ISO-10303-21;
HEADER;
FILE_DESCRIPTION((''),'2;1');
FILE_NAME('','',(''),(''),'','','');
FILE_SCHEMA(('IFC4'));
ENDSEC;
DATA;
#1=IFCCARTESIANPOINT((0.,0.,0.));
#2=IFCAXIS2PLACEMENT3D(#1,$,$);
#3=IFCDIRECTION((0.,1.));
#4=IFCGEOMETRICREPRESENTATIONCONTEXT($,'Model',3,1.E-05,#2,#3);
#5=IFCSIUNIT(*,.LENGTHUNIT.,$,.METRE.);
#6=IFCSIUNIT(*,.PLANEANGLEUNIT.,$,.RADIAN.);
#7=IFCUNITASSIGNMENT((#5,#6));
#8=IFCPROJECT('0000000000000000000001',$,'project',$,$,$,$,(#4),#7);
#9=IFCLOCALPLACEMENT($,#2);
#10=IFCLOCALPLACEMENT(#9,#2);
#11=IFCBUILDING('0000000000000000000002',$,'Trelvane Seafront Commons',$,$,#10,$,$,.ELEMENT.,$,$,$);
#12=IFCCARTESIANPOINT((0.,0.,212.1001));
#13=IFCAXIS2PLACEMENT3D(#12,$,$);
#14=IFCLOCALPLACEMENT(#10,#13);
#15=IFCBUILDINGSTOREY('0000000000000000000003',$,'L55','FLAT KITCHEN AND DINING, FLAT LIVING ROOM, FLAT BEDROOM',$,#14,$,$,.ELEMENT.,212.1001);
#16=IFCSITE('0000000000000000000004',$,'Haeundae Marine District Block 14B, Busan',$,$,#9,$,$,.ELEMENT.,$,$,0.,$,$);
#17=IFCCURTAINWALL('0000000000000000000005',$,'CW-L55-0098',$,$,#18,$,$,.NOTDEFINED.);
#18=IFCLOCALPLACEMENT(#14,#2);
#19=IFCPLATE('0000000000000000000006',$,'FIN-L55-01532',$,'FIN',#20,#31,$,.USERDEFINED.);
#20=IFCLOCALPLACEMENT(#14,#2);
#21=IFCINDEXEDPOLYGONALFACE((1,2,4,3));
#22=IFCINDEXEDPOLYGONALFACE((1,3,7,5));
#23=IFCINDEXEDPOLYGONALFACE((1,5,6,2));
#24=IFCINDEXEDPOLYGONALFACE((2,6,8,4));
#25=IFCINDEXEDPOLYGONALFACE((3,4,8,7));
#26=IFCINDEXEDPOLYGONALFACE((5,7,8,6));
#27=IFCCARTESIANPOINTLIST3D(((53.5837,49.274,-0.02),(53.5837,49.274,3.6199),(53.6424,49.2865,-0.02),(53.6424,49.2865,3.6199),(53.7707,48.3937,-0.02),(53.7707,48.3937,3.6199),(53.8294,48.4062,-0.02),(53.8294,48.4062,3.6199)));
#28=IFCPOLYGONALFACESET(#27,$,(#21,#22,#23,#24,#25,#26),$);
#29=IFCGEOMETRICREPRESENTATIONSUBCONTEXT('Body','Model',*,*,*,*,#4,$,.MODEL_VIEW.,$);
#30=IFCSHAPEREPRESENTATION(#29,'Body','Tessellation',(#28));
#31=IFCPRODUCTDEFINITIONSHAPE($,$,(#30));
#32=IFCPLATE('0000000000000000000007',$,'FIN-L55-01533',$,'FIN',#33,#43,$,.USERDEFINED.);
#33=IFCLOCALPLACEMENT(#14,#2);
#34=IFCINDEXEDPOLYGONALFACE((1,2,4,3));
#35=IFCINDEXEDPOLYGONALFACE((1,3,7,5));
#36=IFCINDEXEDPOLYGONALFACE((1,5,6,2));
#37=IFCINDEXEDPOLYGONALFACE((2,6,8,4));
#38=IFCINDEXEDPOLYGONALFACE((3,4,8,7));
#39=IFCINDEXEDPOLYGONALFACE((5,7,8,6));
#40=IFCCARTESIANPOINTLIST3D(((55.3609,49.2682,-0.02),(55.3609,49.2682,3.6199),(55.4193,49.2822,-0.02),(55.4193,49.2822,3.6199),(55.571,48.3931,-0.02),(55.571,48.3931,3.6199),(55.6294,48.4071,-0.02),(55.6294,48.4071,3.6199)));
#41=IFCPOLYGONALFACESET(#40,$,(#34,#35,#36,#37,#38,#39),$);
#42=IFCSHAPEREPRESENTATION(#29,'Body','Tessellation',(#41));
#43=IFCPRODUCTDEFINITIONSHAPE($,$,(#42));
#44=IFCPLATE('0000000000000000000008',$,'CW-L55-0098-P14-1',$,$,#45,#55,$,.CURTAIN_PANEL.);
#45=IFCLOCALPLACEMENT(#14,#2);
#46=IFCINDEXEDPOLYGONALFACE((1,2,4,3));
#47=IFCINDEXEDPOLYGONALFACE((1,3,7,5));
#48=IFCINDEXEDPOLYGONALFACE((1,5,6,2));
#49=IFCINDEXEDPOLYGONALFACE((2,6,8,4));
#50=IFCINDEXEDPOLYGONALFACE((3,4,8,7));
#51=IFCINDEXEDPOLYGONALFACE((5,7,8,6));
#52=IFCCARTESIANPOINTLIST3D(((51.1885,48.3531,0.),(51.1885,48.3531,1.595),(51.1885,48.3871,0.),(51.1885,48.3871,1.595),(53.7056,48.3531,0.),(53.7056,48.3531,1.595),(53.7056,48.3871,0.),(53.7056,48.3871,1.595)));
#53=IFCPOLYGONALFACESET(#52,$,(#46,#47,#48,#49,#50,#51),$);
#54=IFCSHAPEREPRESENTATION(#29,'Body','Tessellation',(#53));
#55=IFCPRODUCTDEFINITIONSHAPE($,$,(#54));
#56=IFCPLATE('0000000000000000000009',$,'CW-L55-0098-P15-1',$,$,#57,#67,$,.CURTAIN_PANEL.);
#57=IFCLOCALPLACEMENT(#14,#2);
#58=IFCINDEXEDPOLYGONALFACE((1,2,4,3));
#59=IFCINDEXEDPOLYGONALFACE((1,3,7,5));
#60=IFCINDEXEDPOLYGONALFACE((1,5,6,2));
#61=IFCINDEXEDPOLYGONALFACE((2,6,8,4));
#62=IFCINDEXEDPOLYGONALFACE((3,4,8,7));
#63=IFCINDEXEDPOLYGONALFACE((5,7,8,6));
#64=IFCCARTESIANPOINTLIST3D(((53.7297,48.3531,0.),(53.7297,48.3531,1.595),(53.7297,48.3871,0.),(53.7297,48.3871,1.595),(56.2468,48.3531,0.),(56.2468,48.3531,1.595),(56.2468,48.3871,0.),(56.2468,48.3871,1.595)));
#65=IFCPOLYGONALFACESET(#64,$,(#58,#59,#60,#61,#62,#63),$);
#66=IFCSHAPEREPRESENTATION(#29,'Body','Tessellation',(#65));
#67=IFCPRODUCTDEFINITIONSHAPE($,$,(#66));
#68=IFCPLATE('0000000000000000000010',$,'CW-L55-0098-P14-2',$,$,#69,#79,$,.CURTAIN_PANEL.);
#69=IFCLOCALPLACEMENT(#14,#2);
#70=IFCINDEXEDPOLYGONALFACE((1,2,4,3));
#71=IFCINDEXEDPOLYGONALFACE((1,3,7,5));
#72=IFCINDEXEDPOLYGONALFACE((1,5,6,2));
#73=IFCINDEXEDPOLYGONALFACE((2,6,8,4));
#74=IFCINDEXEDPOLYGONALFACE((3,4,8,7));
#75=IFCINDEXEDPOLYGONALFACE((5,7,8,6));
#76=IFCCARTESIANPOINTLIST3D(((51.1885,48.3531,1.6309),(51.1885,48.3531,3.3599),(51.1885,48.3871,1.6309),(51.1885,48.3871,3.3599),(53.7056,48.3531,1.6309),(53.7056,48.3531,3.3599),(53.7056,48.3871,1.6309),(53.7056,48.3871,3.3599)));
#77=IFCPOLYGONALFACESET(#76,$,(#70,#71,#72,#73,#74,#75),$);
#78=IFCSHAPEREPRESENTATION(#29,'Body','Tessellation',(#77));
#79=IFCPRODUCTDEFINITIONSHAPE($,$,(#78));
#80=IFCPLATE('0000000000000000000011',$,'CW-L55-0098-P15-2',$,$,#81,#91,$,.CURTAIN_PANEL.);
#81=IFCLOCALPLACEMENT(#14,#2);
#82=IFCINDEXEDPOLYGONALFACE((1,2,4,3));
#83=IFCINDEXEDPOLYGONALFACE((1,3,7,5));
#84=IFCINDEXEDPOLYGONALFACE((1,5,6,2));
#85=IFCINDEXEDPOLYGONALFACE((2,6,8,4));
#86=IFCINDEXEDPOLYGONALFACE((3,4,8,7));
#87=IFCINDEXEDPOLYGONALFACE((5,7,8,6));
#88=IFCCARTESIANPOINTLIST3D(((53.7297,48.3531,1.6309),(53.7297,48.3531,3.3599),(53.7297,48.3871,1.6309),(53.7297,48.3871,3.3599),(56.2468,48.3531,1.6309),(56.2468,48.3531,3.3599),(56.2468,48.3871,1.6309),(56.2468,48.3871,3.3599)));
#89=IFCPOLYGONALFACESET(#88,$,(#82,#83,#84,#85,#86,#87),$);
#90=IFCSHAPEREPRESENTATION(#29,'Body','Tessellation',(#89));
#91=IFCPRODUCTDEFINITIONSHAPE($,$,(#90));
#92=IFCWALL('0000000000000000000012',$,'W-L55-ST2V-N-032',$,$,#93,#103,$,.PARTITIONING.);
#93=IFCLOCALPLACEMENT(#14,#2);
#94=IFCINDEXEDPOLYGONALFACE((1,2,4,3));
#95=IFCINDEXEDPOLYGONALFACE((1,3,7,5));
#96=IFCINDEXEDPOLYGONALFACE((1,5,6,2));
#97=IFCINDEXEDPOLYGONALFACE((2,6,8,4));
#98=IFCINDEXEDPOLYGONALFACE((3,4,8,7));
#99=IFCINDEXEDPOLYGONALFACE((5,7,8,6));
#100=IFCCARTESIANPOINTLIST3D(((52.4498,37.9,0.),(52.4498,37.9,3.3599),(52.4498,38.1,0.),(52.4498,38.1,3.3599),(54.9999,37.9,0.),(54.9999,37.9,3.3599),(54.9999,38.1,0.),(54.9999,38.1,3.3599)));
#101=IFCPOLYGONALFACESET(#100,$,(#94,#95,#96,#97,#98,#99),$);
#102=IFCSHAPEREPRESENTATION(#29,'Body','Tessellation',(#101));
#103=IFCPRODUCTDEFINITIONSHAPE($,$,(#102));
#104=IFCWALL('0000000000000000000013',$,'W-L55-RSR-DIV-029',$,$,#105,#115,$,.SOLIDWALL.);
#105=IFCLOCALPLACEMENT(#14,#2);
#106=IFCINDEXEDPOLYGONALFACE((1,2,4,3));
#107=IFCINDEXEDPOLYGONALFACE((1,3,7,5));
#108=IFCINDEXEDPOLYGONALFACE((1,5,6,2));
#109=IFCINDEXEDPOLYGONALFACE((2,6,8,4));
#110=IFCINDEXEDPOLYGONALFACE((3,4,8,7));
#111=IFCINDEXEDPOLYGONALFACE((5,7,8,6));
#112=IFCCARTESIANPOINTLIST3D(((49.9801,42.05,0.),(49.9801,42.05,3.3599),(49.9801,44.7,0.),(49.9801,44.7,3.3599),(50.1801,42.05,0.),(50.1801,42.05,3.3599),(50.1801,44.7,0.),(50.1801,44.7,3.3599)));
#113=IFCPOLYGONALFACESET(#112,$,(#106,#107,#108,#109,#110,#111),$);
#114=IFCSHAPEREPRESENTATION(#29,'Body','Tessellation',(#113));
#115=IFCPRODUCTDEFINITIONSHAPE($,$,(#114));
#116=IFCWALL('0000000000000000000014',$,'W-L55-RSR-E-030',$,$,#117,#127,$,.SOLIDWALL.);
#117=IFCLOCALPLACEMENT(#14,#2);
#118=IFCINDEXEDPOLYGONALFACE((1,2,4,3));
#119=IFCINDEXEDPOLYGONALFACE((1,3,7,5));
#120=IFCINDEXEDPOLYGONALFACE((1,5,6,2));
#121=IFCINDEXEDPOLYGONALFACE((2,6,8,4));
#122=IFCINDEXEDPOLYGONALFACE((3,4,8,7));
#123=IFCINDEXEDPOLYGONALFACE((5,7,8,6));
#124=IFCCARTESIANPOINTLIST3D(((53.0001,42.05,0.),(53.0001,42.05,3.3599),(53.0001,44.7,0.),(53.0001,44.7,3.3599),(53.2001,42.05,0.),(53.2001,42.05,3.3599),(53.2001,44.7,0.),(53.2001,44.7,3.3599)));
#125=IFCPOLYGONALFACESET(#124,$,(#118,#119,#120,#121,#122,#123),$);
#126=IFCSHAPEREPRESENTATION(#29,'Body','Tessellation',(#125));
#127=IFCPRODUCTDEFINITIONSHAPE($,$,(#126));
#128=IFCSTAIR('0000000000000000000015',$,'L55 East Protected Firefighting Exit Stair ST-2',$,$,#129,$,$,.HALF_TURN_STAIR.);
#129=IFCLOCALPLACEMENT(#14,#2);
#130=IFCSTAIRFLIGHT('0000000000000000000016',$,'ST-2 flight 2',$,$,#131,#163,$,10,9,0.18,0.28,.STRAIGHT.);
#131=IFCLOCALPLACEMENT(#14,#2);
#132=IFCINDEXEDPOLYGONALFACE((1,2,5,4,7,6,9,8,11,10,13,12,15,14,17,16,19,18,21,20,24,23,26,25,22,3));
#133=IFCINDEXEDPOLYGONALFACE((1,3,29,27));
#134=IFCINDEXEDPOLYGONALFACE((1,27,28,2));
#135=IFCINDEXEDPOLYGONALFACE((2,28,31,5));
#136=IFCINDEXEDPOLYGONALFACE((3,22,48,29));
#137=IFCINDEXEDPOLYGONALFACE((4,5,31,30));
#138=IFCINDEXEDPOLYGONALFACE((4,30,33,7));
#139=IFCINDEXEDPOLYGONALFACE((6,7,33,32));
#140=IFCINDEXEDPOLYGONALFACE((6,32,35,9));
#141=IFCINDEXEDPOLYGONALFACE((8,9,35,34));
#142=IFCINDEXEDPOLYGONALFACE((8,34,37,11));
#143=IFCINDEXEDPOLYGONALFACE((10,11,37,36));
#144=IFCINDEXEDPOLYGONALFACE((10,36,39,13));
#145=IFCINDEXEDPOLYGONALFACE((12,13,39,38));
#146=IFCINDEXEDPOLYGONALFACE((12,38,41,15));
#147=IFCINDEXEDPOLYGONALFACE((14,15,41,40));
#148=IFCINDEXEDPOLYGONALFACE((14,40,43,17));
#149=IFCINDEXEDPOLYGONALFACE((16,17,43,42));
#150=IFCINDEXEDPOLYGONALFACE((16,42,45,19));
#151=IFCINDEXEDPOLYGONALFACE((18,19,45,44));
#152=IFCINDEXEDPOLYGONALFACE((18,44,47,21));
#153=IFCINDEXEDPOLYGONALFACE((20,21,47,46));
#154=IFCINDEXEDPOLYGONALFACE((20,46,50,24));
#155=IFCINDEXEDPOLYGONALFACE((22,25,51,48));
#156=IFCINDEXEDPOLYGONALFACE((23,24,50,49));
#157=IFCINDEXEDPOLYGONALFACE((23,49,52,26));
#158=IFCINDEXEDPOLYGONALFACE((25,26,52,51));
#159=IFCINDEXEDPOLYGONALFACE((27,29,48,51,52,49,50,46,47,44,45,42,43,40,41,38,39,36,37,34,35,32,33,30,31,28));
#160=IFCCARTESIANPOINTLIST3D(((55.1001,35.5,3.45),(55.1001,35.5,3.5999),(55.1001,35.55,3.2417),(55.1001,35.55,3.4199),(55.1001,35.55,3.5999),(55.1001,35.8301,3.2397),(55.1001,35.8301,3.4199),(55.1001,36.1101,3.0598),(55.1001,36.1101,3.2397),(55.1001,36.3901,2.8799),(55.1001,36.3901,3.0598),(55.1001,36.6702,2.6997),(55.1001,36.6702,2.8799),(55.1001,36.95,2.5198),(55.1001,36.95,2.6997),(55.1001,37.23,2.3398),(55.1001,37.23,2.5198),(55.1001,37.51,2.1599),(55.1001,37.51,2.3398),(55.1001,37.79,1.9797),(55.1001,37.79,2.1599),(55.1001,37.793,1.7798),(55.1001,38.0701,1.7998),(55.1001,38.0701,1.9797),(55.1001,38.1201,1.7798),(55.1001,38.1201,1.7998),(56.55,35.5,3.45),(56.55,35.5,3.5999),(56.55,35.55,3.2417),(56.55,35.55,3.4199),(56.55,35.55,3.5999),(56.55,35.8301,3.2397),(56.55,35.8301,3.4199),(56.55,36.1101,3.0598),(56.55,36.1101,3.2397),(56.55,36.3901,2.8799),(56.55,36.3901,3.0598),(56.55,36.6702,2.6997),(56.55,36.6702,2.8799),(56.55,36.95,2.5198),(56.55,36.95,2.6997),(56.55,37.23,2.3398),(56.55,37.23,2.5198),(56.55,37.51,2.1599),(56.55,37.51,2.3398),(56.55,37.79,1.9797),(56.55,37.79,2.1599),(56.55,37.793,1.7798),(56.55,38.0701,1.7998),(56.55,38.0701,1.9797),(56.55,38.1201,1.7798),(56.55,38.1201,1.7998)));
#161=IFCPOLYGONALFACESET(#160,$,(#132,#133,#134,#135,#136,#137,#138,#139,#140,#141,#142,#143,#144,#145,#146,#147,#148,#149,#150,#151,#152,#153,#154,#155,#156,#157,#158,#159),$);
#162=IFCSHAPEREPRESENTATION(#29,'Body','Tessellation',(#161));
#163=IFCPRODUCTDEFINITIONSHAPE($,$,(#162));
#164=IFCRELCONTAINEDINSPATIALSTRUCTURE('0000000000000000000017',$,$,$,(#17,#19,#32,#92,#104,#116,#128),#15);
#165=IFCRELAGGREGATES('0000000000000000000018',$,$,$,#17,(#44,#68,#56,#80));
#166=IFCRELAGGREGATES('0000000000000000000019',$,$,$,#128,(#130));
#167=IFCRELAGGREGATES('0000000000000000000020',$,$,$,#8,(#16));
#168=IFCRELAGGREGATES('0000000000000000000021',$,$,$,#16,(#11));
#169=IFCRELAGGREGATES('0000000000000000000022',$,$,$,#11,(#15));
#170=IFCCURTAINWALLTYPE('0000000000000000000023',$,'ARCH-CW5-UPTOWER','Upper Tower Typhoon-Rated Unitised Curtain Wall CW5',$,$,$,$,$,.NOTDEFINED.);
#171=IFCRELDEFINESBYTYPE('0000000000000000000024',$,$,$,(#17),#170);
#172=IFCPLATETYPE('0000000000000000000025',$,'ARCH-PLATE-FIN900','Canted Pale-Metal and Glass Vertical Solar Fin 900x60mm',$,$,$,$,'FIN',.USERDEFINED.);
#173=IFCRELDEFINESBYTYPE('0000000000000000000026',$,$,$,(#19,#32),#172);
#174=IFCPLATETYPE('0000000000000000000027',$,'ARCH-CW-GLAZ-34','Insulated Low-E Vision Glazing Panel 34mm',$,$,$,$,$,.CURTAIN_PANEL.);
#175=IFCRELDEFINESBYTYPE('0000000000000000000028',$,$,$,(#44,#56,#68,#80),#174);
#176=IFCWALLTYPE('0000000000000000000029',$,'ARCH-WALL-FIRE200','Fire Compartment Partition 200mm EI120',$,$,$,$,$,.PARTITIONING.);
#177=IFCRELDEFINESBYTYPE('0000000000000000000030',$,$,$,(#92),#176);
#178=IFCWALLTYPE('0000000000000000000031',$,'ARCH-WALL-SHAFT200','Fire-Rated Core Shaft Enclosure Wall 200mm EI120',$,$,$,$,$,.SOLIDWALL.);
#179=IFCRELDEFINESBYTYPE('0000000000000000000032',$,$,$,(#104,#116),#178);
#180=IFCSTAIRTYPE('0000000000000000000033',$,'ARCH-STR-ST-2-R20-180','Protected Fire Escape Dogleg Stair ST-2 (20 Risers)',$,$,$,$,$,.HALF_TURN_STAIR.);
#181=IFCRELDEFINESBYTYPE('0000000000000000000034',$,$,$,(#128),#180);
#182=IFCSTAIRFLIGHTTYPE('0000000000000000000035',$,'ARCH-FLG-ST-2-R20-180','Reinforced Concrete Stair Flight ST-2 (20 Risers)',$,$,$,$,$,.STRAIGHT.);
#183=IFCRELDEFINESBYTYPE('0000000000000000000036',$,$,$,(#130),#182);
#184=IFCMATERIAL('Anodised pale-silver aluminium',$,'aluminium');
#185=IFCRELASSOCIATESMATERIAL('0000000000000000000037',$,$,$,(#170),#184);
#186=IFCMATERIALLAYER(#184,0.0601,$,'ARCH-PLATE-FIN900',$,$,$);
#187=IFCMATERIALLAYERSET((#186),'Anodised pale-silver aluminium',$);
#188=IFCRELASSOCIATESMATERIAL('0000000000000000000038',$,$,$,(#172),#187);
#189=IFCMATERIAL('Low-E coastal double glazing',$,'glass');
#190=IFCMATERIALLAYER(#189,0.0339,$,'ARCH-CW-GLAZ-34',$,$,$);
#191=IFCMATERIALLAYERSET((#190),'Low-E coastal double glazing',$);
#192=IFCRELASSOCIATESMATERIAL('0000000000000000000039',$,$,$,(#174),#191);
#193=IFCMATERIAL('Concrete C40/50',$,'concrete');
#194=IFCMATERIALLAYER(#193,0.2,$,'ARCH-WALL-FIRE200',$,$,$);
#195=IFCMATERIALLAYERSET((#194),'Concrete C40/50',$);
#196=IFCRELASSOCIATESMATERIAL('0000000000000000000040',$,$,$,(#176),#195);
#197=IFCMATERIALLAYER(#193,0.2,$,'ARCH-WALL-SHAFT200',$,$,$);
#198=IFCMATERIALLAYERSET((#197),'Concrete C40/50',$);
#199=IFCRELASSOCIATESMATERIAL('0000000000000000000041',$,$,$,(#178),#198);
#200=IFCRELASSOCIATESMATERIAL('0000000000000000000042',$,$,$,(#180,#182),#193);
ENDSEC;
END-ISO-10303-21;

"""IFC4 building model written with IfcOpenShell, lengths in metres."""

from ifc_helpers import new_model, si_unit, direction, frame, frame_2d, origin, origin_2d, place, context, subcontext, project, spatial, polyline, rectangle, outline, extrude, source, transform, mapped, material, layer, layer_set, type_object, element, aggregate, save


model = new_model("IFC4")

# Units and contexts
model_context = context("Model", 3, precision=1e-05, world=origin(), true_north=direction((0.0, 1.0)))
body_context = subcontext(model_context, "Body", "Model", "MODEL_VIEW")
ifc_project = project(units=[si_unit("LENGTHUNIT", "METRE"), si_unit("PLANEANGLEUNIT", "RADIAN")], contexts=[model_context])

# Site, building, storey
site_placement = place(None, origin())
site = spatial("IfcSite", under=ifc_project, at=site_placement, Name="Haeundae Marine District Block 14B, Busan", CompositionType="ELEMENT", RefElevation=0.0)
building_placement = place(site_placement, origin())
building = spatial("IfcBuilding", under=site, at=building_placement, Name="Trelvane Seafront Commons", CompositionType="ELEMENT")
storey_placement = place(building_placement, frame((0.0, 0.0, 212.1001)))
storey = spatial("IfcBuildingStorey", under=building, at=storey_placement, Name="L55", Description="FLAT KITCHEN AND DINING, FLAT LIVING ROOM, FLAT BEDROOM", CompositionType="ELEMENT", Elevation=212.1001)

# Curtain wall
ifc_material_1 = material(Name="Anodised pale-silver aluminium", Category="aluminium")
curtain_wall_type = type_object("IfcCurtainWallType", Name="ARCH-CW5-UPTOWER", Description="Upper Tower Typhoon-Rated Unitised Curtain Wall CW5", PredefinedType="NOTDEFINED", material=ifc_material_1)
curtain_wall_placement = place(storey_placement, origin())
curtain_wall = element("IfcCurtainWall", 1, at=curtain_wall_placement, inside=storey, type_object=curtain_wall_type, Name="CW-L55-0098", PredefinedType="NOTDEFINED")

# Plates
ifc_layer_1 = layer(ifc_material_1, 0.0601, Name="ARCH-PLATE-FIN900")
ifc_layer_set_1 = layer_set([ifc_layer_1], Name="Anodised pale-silver aluminium")
plate_type_1 = type_object("IfcPlateType", Name="ARCH-PLATE-FIN900", Description="Canted Pale-Metal and Glass Vertical Solar Fin 900x60mm", ElementType="FIN", PredefinedType="USERDEFINED", material=ifc_layer_set_1)
shared_shape_1 = source(origin(), body_context, "Body", "SweptSolid", [
    extrude(rectangle(XDim=0.8999, YDim=0.0601, at=origin_2d()), origin(), (0.0, 0.0, 1.0), 3.6399),
])
for number, where, z_axis, x_axis, name in (
    (2, (53.7065, 48.8401, -0.02), (0.0, 0.0, 1.0), (-0.207768, 0.978178, 0.0), "FIN-L55-01532"),
    (3, (55.4951, 48.8376, -0.02), (0.0, 0.0, 1.0), (-0.233452, 0.972368, 0.0), "FIN-L55-01533"),
):
    element("IfcPlate", number, at=place(storey_placement, frame(where, z_axis=z_axis, x_axis=x_axis)), inside=storey, type_object=plate_type_1, Name=name, ObjectType="FIN", PredefinedType="USERDEFINED", context=body_context, shape_type="MappedRepresentation", body=[
        mapped(shared_shape_1, transform((0.0, 0.0, 0.0), x_axis=(1.0, 0.0, 0.0), y_axis=(0.0, 1.0, 0.0), z_axis=(0.0, 0.0, 1.0), scale=1.0)),
    ])

# Plates
ifc_material_2 = material(Name="Low-E coastal double glazing", Category="glass")
ifc_layer_2 = layer(ifc_material_2, 0.0339, Name="ARCH-CW-GLAZ-34")
ifc_layer_set_2 = layer_set([ifc_layer_2], Name="Low-E coastal double glazing")
plate_type_2 = type_object("IfcPlateType", Name="ARCH-CW-GLAZ-34", Description="Insulated Low-E Vision Glazing Panel 34mm", PredefinedType="CURTAIN_PANEL", material=ifc_layer_set_2)
shared_shape_2 = source(origin(), body_context, "Body", "SweptSolid", [
    extrude(rectangle(XDim=2.5171, YDim=0.0339, at=origin_2d()), origin(), (0.0, 0.0, 1.0), 1.595),
])
plate_1_placement = place(storey_placement, frame((52.447, 48.3701, 0.0), z_axis=(0.0, 0.0, 1.0), x_axis=(1.0, 0.0, 0.0)))
plate_1 = element("IfcPlate", 4, at=plate_1_placement, type_object=plate_type_2, Name="CW-L55-0098-P14-1", PredefinedType="CURTAIN_PANEL", context=body_context, shape_type="MappedRepresentation", body=[
    mapped(shared_shape_2, transform((0.0, 0.0, 0.0), x_axis=(1.0, 0.0, 0.0), y_axis=(0.0, 1.0, 0.0), z_axis=(0.0, 0.0, 1.0), scale=1.0)),
])
plate_2_placement = place(storey_placement, frame((54.9883, 48.3701, 0.0), z_axis=(0.0, 0.0, 1.0), x_axis=(1.0, 0.0, 0.0)))
plate_2 = element("IfcPlate", 5, at=plate_2_placement, type_object=plate_type_2, Name="CW-L55-0098-P15-1", PredefinedType="CURTAIN_PANEL", context=body_context, shape_type="MappedRepresentation", body=[
    mapped(shared_shape_2, transform((0.0, 0.0, 0.0), x_axis=(1.0, 0.0, 0.0), y_axis=(0.0, 1.0, 0.0), z_axis=(0.0, 0.0, 1.0), scale=1.0)),
])
shared_shape_3 = source(origin(), body_context, "Body", "SweptSolid", [
    extrude(rectangle(XDim=2.5171, YDim=0.0339, at=origin_2d()), origin(), (0.0, 0.0, 1.0), 1.729),
])
plate_3_placement = place(storey_placement, frame((52.447, 48.3701, 1.6309), z_axis=(0.0, 0.0, 1.0), x_axis=(1.0, 0.0, 0.0)))
plate_3 = element("IfcPlate", 6, at=plate_3_placement, type_object=plate_type_2, Name="CW-L55-0098-P14-2", PredefinedType="CURTAIN_PANEL", context=body_context, shape_type="MappedRepresentation", body=[
    mapped(shared_shape_3, transform((0.0, 0.0, 0.0), x_axis=(1.0, 0.0, 0.0), y_axis=(0.0, 1.0, 0.0), z_axis=(0.0, 0.0, 1.0), scale=1.0)),
])
plate_4_placement = place(storey_placement, frame((54.9883, 48.3701, 1.6309), z_axis=(0.0, 0.0, 1.0), x_axis=(1.0, 0.0, 0.0)))
plate_4 = element("IfcPlate", 7, at=plate_4_placement, type_object=plate_type_2, Name="CW-L55-0098-P15-2", PredefinedType="CURTAIN_PANEL", context=body_context, shape_type="MappedRepresentation", body=[
    mapped(shared_shape_3, transform((0.0, 0.0, 0.0), x_axis=(1.0, 0.0, 0.0), y_axis=(0.0, 1.0, 0.0), z_axis=(0.0, 0.0, 1.0), scale=1.0)),
])
aggregate(curtain_wall, [plate_1, plate_3, plate_2, plate_4])

# Walls
ifc_material_3 = material(Name="Concrete C40/50", Category="concrete")
ifc_layer_3 = layer(ifc_material_3, 0.2, Name="ARCH-WALL-FIRE200")
ifc_layer_set_3 = layer_set([ifc_layer_3], Name="Concrete C40/50")
wall_type_1 = type_object("IfcWallType", Name="ARCH-WALL-FIRE200", Description="Fire Compartment Partition 200mm EI120", PredefinedType="PARTITIONING", material=ifc_layer_set_3)
wall_placement = place(storey_placement, frame((52.45, 38.0, 0.0), z_axis=(0.0, 0.0, 1.0), x_axis=(1.0, 0.0, 0.0)))
element("IfcWall", 8, at=wall_placement, inside=storey, type_object=wall_type_1, Name="W-L55-ST2V-N-032", PredefinedType="PARTITIONING", context=body_context, shape_type="SweptSolid", body=[
    extrude(rectangle(XDim=2.55, YDim=0.2, at=frame_2d((1.2749, 0.0))), origin(), (0.0, 0.0, 1.0), 3.3599),
])
ifc_layer_4 = layer(ifc_material_3, 0.2, Name="ARCH-WALL-SHAFT200")
ifc_layer_set_4 = layer_set([ifc_layer_4], Name="Concrete C40/50")
wall_type_2 = type_object("IfcWallType", Name="ARCH-WALL-SHAFT200", Description="Fire-Rated Core Shaft Enclosure Wall 200mm EI120", PredefinedType="SOLIDWALL", material=ifc_layer_set_4)
for number, where, z_axis, x_axis, name in (
    (9, (50.0801, 42.05, 0.0), (0.0, 0.0, 1.0), (0.0, 1.0, 0.0), "W-L55-RSR-DIV-029"),
    (10, (53.1001, 42.05, 0.0), (0.0, 0.0, 1.0), (0.0, 1.0, 0.0), "W-L55-RSR-E-030"),
):
    element("IfcWall", number, at=place(storey_placement, frame(where, z_axis=z_axis, x_axis=x_axis)), inside=storey, type_object=wall_type_2, Name=name, PredefinedType="SOLIDWALL", context=body_context, shape_type="SweptSolid", body=[
        extrude(rectangle(XDim=2.6499, YDim=0.2, at=frame_2d((1.325, 0.0))), origin(), (0.0, 0.0, 1.0), 3.3599),
    ])

# Stair, stair flight
stair_type = type_object("IfcStairType", Name="ARCH-STR-ST-2-R20-180", Description="Protected Fire Escape Dogleg Stair ST-2 (20 Risers)", PredefinedType="HALF_TURN_STAIR", material=ifc_material_3)
stair_placement = place(storey_placement, origin())
stair = element("IfcStair", 11, at=stair_placement, inside=storey, type_object=stair_type, Name="L55 East Protected Firefighting Exit Stair ST-2", PredefinedType="HALF_TURN_STAIR")
stair_flight_type = type_object("IfcStairFlightType", Name="ARCH-FLG-ST-2-R20-180", Description="Reinforced Concrete Stair Flight ST-2 (20 Risers)", PredefinedType="STRAIGHT", material=ifc_material_3)
shared_shape_4 = source(origin(), body_context, "Body", "SweptSolid", [
    extrude(outline(polyline([(-0.05, -0.02), (-0.05, 0.0), (0.0, 0.0), (0.0, 0.1799), (0.28, 0.1799), (0.28, 0.3601), (0.5601, 0.3601), (0.5601, 0.54), (0.8401, 0.54), (0.8401, 0.72), (1.1201, 0.72), (1.1201, 0.8999), (1.3999, 0.8999), (1.3999, 1.0801), (1.6799, 1.0801), (1.6799, 1.26), (1.96, 1.26), (1.96, 1.4399), (2.24, 1.4399), (2.24, 1.6201), (2.52, 1.6201), (2.52, 1.8), (2.5701, 1.8), (2.5701, 1.6501), (2.52, 1.4419), (0.2771, -0.02), (-0.05, -0.02)])), frame((0.0, 0.7251, 0.0), z_axis=(0.0, -1.0, 0.0), x_axis=(1.0, 0.0, 0.0)), (0.0, 0.0, 1.0), 1.45),
])
stair_flight_placement = place(storey_placement, frame((55.825, 38.0701, 1.7998), z_axis=(0.0, 0.0, 1.0), x_axis=(0.0, -1.0, 0.0)))
stair_flight = element("IfcStairFlight", 12, at=stair_flight_placement, type_object=stair_flight_type, Name="ST-2 flight 2", NumberOfRisers=10, NumberOfTreads=9, PredefinedType="STRAIGHT", RiserHeight=0.18, TreadLength=0.28, context=body_context, shape_type="MappedRepresentation", body=[
    mapped(shared_shape_4, transform((0.0, 0.0, 0.0), x_axis=(1.0, 0.0, 0.0), y_axis=(0.0, 1.0, 0.0), z_axis=(0.0, 0.0, 1.0), scale=1.0)),
])
aggregate(stair, [stair_flight])

save(model, "model.ifc")
